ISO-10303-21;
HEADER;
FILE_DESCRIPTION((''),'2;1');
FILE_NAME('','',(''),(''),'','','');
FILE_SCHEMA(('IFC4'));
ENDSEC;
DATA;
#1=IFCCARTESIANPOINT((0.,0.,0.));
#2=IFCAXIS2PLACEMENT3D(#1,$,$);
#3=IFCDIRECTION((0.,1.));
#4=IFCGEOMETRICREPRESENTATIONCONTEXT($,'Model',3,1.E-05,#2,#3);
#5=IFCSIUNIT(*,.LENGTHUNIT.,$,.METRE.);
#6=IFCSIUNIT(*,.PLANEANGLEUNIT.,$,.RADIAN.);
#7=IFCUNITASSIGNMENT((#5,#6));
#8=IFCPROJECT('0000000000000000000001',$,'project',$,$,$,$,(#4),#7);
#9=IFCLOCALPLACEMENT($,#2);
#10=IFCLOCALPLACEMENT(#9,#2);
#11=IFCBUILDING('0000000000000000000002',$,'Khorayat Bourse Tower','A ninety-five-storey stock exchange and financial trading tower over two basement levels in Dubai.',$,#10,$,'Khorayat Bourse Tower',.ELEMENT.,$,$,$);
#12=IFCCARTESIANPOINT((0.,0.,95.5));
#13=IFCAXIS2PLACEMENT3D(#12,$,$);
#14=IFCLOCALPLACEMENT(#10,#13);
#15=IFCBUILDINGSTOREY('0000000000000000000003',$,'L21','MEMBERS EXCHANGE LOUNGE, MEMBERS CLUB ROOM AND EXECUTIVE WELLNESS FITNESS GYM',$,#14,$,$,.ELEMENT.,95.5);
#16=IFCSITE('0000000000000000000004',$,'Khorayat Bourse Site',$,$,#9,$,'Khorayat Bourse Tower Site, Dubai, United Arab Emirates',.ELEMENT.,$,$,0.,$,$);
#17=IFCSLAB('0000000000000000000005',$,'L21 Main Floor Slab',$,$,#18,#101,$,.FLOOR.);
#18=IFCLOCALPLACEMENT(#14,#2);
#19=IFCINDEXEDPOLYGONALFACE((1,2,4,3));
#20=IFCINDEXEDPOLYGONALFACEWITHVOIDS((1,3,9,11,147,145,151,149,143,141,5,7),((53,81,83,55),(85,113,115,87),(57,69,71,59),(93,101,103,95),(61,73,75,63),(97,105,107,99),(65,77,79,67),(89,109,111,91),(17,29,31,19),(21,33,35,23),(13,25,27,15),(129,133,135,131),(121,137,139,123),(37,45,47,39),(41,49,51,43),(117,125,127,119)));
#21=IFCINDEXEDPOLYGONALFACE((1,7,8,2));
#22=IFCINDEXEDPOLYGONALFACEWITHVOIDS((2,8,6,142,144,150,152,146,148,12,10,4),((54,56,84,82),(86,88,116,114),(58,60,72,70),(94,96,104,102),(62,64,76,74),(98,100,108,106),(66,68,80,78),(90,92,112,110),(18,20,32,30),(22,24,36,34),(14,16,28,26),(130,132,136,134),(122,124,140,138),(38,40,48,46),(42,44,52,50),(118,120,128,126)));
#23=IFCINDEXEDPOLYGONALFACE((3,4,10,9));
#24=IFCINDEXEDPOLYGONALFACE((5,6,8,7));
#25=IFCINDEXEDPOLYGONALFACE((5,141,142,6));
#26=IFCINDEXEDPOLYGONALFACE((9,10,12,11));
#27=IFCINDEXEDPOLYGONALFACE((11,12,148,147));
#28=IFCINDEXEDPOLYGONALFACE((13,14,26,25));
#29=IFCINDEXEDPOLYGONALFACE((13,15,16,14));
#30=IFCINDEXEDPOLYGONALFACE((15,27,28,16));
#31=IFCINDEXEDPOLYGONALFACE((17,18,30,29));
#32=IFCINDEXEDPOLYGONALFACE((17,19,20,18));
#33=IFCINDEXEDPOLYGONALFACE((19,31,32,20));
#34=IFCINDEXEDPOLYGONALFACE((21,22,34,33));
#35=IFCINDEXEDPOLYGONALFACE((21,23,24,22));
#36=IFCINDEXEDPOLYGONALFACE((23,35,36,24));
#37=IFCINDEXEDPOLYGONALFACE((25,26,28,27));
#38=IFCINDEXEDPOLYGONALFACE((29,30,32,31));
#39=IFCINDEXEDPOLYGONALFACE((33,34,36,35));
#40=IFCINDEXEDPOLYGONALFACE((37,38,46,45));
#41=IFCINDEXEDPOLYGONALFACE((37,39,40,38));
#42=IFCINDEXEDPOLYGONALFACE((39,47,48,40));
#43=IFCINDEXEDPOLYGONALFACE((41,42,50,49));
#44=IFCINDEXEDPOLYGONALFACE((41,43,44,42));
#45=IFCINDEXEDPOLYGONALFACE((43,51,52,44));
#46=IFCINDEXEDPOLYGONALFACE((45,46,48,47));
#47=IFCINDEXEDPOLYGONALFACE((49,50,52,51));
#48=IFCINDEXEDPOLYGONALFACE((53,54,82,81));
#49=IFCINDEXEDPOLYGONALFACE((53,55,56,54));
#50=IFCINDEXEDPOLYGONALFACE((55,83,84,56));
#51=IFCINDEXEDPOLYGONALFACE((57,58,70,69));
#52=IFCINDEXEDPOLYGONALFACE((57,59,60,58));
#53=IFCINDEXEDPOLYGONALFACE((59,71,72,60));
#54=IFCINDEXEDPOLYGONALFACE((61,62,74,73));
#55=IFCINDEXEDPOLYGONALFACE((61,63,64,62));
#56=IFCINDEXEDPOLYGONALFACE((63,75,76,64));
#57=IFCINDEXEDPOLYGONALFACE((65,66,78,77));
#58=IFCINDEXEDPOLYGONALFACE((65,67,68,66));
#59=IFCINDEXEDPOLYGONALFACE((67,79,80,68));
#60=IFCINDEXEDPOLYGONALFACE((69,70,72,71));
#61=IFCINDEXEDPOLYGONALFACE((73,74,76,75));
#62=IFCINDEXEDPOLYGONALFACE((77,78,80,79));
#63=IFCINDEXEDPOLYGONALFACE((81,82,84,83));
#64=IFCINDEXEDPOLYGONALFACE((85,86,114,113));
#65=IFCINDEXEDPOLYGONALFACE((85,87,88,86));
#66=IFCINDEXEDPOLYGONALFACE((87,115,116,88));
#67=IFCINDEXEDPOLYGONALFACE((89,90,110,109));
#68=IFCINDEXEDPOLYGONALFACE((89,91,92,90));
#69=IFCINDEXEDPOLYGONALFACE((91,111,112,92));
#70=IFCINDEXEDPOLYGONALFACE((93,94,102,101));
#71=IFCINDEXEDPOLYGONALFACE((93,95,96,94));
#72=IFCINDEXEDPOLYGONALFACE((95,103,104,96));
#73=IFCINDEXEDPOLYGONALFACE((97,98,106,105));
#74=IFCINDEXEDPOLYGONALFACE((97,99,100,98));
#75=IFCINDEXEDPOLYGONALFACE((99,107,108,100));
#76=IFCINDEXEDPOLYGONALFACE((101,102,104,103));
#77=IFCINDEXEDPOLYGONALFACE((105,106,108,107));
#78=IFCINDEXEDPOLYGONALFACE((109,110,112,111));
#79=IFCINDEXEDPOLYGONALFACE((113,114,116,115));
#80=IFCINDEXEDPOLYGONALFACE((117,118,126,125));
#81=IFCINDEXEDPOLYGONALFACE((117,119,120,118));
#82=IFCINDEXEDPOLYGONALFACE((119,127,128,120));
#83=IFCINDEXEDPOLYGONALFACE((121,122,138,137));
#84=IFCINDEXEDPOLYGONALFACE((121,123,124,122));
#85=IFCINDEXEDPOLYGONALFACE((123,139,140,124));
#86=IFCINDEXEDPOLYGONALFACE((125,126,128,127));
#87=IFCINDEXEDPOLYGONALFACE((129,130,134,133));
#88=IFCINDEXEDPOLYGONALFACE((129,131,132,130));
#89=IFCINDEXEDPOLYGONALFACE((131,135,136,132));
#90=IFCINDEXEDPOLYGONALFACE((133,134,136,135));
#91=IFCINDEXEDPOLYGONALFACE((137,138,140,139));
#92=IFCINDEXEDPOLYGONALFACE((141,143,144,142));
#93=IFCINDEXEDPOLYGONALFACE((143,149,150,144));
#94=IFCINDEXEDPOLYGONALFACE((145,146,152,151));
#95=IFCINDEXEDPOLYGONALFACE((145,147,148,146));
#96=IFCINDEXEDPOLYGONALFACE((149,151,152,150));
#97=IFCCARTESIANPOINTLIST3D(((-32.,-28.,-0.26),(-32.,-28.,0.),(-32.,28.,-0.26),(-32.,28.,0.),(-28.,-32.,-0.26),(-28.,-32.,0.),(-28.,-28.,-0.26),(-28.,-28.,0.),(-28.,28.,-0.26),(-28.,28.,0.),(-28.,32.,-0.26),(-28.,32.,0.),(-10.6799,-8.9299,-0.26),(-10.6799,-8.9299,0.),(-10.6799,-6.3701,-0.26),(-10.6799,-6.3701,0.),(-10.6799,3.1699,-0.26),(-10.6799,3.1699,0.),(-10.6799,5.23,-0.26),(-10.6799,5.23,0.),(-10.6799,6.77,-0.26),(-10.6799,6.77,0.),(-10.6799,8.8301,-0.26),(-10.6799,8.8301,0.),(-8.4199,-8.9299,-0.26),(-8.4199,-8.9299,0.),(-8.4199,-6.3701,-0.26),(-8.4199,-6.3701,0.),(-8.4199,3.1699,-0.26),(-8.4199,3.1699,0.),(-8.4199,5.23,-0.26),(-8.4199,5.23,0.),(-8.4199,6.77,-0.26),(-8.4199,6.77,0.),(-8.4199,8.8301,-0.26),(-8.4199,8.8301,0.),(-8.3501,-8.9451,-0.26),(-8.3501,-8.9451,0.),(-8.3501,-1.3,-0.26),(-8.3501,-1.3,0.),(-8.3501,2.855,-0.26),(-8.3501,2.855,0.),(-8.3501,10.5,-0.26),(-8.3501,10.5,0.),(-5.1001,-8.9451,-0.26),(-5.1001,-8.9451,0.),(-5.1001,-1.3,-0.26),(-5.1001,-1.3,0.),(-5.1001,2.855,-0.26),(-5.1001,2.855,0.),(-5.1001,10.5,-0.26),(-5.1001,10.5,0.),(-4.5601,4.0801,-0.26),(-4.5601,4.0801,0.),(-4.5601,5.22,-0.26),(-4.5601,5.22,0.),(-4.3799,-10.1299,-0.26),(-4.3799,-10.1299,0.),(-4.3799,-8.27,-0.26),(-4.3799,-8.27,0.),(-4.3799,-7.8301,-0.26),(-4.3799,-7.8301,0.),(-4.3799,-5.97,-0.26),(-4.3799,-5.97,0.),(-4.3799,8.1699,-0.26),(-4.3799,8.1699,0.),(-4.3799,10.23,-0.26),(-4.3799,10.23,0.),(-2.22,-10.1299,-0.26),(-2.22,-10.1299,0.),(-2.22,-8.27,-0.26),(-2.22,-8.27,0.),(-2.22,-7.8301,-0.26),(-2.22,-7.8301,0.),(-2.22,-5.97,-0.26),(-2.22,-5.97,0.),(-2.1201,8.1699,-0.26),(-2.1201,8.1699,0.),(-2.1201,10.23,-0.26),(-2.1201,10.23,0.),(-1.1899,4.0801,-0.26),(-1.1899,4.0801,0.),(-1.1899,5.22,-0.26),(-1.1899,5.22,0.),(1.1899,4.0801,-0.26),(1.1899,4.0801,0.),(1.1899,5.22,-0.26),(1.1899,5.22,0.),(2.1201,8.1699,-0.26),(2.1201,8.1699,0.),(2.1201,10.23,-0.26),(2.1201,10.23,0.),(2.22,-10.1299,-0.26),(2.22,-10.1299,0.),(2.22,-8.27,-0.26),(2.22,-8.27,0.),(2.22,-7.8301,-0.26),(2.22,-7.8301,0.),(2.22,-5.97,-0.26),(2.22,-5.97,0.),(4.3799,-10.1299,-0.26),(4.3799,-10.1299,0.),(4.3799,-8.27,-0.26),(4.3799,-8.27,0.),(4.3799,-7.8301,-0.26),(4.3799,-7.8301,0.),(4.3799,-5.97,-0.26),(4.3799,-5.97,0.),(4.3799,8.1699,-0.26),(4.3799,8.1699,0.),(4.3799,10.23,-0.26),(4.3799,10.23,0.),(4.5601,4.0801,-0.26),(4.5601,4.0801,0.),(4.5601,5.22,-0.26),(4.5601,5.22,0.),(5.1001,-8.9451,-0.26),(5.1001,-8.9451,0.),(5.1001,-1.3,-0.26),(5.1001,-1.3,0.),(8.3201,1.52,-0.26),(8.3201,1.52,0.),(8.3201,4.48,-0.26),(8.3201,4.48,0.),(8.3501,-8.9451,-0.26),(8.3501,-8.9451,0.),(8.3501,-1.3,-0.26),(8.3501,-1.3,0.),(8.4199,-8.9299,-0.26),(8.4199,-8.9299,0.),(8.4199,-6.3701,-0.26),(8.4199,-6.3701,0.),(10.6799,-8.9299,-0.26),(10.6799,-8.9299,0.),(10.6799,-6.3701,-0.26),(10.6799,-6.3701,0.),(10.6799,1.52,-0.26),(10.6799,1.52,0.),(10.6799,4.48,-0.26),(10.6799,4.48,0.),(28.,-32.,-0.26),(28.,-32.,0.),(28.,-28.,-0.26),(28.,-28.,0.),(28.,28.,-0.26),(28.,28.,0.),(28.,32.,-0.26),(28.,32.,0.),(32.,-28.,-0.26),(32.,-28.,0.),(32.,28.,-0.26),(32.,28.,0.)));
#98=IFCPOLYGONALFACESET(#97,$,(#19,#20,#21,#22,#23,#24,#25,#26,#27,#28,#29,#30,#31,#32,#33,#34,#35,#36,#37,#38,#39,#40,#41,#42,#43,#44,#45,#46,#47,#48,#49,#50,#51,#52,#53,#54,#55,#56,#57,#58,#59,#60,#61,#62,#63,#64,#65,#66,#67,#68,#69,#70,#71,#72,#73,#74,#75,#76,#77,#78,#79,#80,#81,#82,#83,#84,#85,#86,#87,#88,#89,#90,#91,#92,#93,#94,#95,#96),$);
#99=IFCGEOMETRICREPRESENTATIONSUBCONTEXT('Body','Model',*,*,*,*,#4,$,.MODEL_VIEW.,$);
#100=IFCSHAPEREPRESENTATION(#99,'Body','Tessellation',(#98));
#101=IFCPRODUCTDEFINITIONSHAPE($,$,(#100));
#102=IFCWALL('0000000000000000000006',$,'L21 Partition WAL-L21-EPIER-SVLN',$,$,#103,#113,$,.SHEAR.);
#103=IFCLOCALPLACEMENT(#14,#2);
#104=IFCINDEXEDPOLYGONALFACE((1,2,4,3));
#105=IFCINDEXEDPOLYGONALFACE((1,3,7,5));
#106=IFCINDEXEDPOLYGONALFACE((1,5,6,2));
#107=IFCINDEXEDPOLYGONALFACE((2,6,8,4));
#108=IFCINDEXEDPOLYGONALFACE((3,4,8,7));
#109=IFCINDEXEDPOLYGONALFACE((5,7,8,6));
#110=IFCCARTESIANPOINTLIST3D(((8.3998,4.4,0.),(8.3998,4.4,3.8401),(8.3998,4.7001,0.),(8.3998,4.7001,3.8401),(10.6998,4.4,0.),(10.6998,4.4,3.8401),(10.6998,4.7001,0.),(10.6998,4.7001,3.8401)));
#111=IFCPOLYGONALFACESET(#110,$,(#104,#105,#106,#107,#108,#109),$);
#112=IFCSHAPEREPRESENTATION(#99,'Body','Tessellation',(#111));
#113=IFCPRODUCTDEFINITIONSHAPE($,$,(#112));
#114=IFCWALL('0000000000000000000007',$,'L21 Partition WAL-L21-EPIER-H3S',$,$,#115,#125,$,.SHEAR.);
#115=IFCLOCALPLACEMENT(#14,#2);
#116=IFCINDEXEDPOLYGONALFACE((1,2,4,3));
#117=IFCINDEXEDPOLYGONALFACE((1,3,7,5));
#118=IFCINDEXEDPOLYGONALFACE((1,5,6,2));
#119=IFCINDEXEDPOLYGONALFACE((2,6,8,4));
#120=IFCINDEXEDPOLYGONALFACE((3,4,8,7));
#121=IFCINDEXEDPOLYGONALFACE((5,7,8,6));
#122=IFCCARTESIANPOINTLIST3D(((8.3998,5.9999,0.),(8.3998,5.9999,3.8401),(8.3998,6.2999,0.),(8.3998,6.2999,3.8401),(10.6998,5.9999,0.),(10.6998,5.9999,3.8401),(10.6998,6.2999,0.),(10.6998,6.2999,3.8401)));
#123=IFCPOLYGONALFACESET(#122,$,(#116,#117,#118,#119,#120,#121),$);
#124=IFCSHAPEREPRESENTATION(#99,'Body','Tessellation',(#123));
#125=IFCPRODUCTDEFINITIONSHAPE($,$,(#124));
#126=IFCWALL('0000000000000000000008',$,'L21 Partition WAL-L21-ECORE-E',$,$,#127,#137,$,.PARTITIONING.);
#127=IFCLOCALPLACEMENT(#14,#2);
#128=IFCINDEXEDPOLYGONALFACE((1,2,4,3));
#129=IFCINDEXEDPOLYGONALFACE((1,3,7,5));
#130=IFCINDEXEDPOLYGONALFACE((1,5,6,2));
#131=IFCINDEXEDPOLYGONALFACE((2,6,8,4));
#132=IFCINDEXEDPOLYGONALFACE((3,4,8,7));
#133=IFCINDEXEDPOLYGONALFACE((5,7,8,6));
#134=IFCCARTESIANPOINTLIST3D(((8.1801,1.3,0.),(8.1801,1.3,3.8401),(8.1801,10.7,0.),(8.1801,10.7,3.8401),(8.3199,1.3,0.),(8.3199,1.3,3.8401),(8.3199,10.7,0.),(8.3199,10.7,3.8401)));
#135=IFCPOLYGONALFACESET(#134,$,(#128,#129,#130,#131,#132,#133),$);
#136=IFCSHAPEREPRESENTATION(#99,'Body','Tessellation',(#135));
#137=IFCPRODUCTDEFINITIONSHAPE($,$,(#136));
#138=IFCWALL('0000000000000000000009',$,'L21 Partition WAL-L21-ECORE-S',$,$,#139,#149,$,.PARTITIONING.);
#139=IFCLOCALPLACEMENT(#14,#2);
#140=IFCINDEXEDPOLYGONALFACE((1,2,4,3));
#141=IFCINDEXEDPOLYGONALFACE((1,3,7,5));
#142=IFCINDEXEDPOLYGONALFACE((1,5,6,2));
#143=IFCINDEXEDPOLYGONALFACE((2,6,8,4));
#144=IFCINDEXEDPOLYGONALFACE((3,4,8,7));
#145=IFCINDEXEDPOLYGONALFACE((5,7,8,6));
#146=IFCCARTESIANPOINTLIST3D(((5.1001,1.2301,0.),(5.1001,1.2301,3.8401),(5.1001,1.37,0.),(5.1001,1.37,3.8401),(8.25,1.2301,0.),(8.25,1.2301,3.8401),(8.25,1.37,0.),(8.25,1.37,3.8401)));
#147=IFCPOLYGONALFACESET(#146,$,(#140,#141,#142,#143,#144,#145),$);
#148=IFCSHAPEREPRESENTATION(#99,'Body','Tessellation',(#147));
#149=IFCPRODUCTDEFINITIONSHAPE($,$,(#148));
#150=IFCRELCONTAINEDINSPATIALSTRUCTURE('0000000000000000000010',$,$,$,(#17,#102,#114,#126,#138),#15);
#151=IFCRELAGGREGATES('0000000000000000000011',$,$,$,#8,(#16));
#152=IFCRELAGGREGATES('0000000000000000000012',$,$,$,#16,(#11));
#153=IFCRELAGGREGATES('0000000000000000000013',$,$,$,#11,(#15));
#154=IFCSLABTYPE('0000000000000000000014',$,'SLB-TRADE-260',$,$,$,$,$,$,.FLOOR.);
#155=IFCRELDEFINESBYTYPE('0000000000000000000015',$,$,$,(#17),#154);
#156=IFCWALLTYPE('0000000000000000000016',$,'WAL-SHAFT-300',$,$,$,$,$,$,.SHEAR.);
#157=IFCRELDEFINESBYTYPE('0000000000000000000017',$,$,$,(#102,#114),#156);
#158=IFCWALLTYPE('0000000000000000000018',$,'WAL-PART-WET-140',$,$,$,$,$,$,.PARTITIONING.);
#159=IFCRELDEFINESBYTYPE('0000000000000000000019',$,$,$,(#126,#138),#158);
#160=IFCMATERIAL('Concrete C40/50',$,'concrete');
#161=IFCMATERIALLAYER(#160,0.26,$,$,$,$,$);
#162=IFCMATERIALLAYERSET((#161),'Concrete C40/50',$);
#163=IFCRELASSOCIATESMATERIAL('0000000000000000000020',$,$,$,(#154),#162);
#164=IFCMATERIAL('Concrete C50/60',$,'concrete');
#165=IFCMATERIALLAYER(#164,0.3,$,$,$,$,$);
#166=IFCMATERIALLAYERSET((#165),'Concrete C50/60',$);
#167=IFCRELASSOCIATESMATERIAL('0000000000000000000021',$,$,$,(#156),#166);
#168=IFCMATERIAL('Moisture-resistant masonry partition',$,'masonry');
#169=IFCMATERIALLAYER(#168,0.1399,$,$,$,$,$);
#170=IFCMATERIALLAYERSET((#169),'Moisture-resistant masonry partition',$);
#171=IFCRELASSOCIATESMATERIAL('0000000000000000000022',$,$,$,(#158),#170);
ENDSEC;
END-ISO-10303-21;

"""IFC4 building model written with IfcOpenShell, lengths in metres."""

from ifc_helpers import new_model, si_unit, direction, frame, frame_2d, origin, place, context, subcontext, project, spatial, polyline, rectangle, outline, extrude, source, transform, mapped, material, layer, layer_set, type_object, element, save


model = new_model("IFC4")

# Units and contexts
model_context = context("Model", 3, precision=1e-05, world=origin(), true_north=direction((0.0, 1.0)))
body_context = subcontext(model_context, "Body", "Model", "MODEL_VIEW")
ifc_project = project(units=[si_unit("LENGTHUNIT", "METRE"), si_unit("PLANEANGLEUNIT", "RADIAN")], contexts=[model_context])

# Site, building, storey
site_placement = place(None, origin())
site = spatial("IfcSite", under=ifc_project, at=site_placement, Name="Khorayat Bourse Site", LongName="Khorayat Bourse Tower Site, Dubai, United Arab Emirates", CompositionType="ELEMENT", RefElevation=0.0)
building_placement = place(site_placement, origin())
building = spatial("IfcBuilding", under=site, at=building_placement, Name="Khorayat Bourse Tower", Description="A ninety-five-storey stock exchange and financial trading tower over two basement levels in Dubai.", LongName="Khorayat Bourse Tower", CompositionType="ELEMENT")
storey_placement = place(building_placement, frame((0.0, 0.0, 95.5)))
storey = spatial("IfcBuildingStorey", under=building, at=storey_placement, Name="L21", Description="MEMBERS EXCHANGE LOUNGE, MEMBERS CLUB ROOM AND EXECUTIVE WELLNESS FITNESS GYM", CompositionType="ELEMENT", Elevation=95.5)

# Shared definitions
ifc_material_1 = material(Name="Concrete C40/50", Category="concrete")

# Slab
ifc_layer_1 = layer(ifc_material_1, 0.26)
ifc_layer_set_1 = layer_set([ifc_layer_1], Name="Concrete C40/50")
slab_type_1 = type_object("IfcSlabType", Name="SLB-TRADE-260", PredefinedType="FLOOR", material=ifc_layer_set_1)
slab_1_placement = place(storey_placement, frame((0.0, 0.0, -0.26)))
element("IfcSlab", 1, at=slab_1_placement, inside=storey, type_object=slab_type_1, Name="L21 Main Floor Slab", PredefinedType="FLOOR", context=body_context, shape_type="SweptSolid", body=[
    extrude(outline(polyline([(-28.0, -32.0), (28.0, -32.0), (28.0, -28.0), (32.0, -28.0), (32.0, 28.0), (28.0, 28.0), (28.0, 32.0), (-28.0, 32.0), (-28.0, 28.0), (-32.0, 28.0), (-32.0, -28.0), (-28.0, -28.0), (-28.0, -32.0)]), holes=[polyline([(-8.3501, -8.9451), (-5.1001, -8.9451), (-5.1001, -1.3), (-8.3501, -1.3), (-8.3501, -8.9451)]), polyline([(-8.3501, 2.855), (-5.1001, 2.855), (-5.1001, 10.5), (-8.3501, 10.5), (-8.3501, 2.855)]), polyline([(5.1001, -8.9451), (8.3501, -8.9451), (8.3501, -1.3), (5.1001, -1.3), (5.1001, -8.9451)]), polyline([(-4.3799, -10.1299), (-2.22, -10.1299), (-2.22, -8.27), (-4.3799, -8.27), (-4.3799, -10.1299)]), polyline([(2.22, -10.1299), (4.3799, -10.1299), (4.3799, -8.27), (2.22, -8.27), (2.22, -10.1299)]), polyline([(-4.3799, -7.8301), (-2.22, -7.8301), (-2.22, -5.97), (-4.3799, -5.97), (-4.3799, -7.8301)]), polyline([(2.22, -7.8301), (4.3799, -7.8301), (4.3799, -5.97), (2.22, -5.97), (2.22, -7.8301)]), polyline([(-4.3799, 8.1699), (-2.1201, 8.1699), (-2.1201, 10.23), (-4.3799, 10.23), (-4.3799, 8.1699)]), polyline([(2.1201, 8.1699), (4.3799, 8.1699), (4.3799, 10.23), (2.1201, 10.23), (2.1201, 8.1699)]), polyline([(-10.6799, 3.1699), (-8.4199, 3.1699), (-8.4199, 5.23), (-10.6799, 5.23), (-10.6799, 3.1699)]), polyline([(-10.6799, 6.77), (-8.4199, 6.77), (-8.4199, 8.8301), (-10.6799, 8.8301), (-10.6799, 6.77)]), polyline([(-10.6799, -8.9299), (-8.4199, -8.9299), (-8.4199, -6.3701), (-10.6799, -6.3701), (-10.6799, -8.9299)]), polyline([(8.4199, -8.9299), (10.6799, -8.9299), (10.6799, -6.3701), (8.4199, -6.3701), (8.4199, -8.9299)]), polyline([(8.3201, 1.52), (10.6799, 1.52), (10.6799, 4.48), (8.3201, 4.48), (8.3201, 1.52)]), polyline([(-4.5601, 4.0801), (-1.1899, 4.0801), (-1.1899, 5.22), (-4.5601, 5.22), (-4.5601, 4.0801)]), polyline([(1.1899, 4.0801), (4.5601, 4.0801), (4.5601, 5.22), (1.1899, 5.22), (1.1899, 4.0801)])]), origin(), (0.0, 0.0, 1.0), 0.26),
])

# Walls
ifc_material_2 = material(Name="Concrete C50/60", Category="concrete")
ifc_layer_2 = layer(ifc_material_2, 0.3)
ifc_layer_set_2 = layer_set([ifc_layer_2], Name="Concrete C50/60")
wall_type_1 = type_object("IfcWallType", Name="WAL-SHAFT-300", PredefinedType="SHEAR", material=ifc_layer_set_2)
shared_shape_1 = source(origin(), body_context, "Body", "SweptSolid", [
    extrude(rectangle(XDim=2.3, YDim=0.3, at=frame_2d((1.1499, 0.0))), origin(), (0.0, 0.0, 1.0), 3.8401),
])
for number, where, z_axis, x_axis, name in (
    (2, (8.3999, 4.55, 0.0), (0.0, 0.0, 1.0), (1.0, 0.0, 0.0), "L21 Partition WAL-L21-EPIER-SVLN"),
    (3, (8.3999, 6.1499, 0.0), (0.0, 0.0, 1.0), (1.0, 0.0, 0.0), "L21 Partition WAL-L21-EPIER-H3S"),
):
    element("IfcWall", number, at=place(storey_placement, frame(where, z_axis=z_axis, x_axis=x_axis)), inside=storey, type_object=wall_type_1, Name=name, PredefinedType="SHEAR", context=body_context, shape_type="MappedRepresentation", body=[
        mapped(shared_shape_1, transform((0.0, 0.0, 0.0), scale=1.0)),
    ])
ifc_material_3 = material(Name="Moisture-resistant masonry partition", Category="masonry")
ifc_layer_3 = layer(ifc_material_3, 0.1399)
ifc_layer_set_3 = layer_set([ifc_layer_3], Name="Moisture-resistant masonry partition")
wall_type_2 = type_object("IfcWallType", Name="WAL-PART-WET-140", PredefinedType="PARTITIONING", material=ifc_layer_set_3)
shared_shape_2 = source(origin(), body_context, "Body", "SweptSolid", [
    extrude(rectangle(XDim=9.3999, YDim=0.1399, at=frame_2d((4.7, 0.0))), origin(), (0.0, 0.0, 1.0), 3.8401),
])
wall_1_placement = place(storey_placement, frame((8.25, 1.3, 0.0), z_axis=(0.0, 0.0, 1.0), x_axis=(0.0, 1.0, 0.0)))
element("IfcWall", 4, at=wall_1_placement, inside=storey, type_object=wall_type_2, Name="L21 Partition WAL-L21-ECORE-E", PredefinedType="PARTITIONING", context=body_context, shape_type="MappedRepresentation", body=[
    mapped(shared_shape_2, transform((0.0, 0.0, 0.0), scale=1.0)),
])
shared_shape_3 = source(origin(), body_context, "Body", "SweptSolid", [
    extrude(rectangle(XDim=3.1499, YDim=0.1399, at=frame_2d((1.575, 0.0))), origin(), (0.0, 0.0, 1.0), 3.8401),
])
wall_2_placement = place(storey_placement, frame((5.1001, 1.3, 0.0), z_axis=(0.0, 0.0, 1.0), x_axis=(1.0, 0.0, 0.0)))
element("IfcWall", 5, at=wall_2_placement, inside=storey, type_object=wall_type_2, Name="L21 Partition WAL-L21-ECORE-S", PredefinedType="PARTITIONING", context=body_context, shape_type="MappedRepresentation", body=[
    mapped(shared_shape_3, transform((0.0, 0.0, 0.0), scale=1.0)),
])

save(model, "model.ifc")
